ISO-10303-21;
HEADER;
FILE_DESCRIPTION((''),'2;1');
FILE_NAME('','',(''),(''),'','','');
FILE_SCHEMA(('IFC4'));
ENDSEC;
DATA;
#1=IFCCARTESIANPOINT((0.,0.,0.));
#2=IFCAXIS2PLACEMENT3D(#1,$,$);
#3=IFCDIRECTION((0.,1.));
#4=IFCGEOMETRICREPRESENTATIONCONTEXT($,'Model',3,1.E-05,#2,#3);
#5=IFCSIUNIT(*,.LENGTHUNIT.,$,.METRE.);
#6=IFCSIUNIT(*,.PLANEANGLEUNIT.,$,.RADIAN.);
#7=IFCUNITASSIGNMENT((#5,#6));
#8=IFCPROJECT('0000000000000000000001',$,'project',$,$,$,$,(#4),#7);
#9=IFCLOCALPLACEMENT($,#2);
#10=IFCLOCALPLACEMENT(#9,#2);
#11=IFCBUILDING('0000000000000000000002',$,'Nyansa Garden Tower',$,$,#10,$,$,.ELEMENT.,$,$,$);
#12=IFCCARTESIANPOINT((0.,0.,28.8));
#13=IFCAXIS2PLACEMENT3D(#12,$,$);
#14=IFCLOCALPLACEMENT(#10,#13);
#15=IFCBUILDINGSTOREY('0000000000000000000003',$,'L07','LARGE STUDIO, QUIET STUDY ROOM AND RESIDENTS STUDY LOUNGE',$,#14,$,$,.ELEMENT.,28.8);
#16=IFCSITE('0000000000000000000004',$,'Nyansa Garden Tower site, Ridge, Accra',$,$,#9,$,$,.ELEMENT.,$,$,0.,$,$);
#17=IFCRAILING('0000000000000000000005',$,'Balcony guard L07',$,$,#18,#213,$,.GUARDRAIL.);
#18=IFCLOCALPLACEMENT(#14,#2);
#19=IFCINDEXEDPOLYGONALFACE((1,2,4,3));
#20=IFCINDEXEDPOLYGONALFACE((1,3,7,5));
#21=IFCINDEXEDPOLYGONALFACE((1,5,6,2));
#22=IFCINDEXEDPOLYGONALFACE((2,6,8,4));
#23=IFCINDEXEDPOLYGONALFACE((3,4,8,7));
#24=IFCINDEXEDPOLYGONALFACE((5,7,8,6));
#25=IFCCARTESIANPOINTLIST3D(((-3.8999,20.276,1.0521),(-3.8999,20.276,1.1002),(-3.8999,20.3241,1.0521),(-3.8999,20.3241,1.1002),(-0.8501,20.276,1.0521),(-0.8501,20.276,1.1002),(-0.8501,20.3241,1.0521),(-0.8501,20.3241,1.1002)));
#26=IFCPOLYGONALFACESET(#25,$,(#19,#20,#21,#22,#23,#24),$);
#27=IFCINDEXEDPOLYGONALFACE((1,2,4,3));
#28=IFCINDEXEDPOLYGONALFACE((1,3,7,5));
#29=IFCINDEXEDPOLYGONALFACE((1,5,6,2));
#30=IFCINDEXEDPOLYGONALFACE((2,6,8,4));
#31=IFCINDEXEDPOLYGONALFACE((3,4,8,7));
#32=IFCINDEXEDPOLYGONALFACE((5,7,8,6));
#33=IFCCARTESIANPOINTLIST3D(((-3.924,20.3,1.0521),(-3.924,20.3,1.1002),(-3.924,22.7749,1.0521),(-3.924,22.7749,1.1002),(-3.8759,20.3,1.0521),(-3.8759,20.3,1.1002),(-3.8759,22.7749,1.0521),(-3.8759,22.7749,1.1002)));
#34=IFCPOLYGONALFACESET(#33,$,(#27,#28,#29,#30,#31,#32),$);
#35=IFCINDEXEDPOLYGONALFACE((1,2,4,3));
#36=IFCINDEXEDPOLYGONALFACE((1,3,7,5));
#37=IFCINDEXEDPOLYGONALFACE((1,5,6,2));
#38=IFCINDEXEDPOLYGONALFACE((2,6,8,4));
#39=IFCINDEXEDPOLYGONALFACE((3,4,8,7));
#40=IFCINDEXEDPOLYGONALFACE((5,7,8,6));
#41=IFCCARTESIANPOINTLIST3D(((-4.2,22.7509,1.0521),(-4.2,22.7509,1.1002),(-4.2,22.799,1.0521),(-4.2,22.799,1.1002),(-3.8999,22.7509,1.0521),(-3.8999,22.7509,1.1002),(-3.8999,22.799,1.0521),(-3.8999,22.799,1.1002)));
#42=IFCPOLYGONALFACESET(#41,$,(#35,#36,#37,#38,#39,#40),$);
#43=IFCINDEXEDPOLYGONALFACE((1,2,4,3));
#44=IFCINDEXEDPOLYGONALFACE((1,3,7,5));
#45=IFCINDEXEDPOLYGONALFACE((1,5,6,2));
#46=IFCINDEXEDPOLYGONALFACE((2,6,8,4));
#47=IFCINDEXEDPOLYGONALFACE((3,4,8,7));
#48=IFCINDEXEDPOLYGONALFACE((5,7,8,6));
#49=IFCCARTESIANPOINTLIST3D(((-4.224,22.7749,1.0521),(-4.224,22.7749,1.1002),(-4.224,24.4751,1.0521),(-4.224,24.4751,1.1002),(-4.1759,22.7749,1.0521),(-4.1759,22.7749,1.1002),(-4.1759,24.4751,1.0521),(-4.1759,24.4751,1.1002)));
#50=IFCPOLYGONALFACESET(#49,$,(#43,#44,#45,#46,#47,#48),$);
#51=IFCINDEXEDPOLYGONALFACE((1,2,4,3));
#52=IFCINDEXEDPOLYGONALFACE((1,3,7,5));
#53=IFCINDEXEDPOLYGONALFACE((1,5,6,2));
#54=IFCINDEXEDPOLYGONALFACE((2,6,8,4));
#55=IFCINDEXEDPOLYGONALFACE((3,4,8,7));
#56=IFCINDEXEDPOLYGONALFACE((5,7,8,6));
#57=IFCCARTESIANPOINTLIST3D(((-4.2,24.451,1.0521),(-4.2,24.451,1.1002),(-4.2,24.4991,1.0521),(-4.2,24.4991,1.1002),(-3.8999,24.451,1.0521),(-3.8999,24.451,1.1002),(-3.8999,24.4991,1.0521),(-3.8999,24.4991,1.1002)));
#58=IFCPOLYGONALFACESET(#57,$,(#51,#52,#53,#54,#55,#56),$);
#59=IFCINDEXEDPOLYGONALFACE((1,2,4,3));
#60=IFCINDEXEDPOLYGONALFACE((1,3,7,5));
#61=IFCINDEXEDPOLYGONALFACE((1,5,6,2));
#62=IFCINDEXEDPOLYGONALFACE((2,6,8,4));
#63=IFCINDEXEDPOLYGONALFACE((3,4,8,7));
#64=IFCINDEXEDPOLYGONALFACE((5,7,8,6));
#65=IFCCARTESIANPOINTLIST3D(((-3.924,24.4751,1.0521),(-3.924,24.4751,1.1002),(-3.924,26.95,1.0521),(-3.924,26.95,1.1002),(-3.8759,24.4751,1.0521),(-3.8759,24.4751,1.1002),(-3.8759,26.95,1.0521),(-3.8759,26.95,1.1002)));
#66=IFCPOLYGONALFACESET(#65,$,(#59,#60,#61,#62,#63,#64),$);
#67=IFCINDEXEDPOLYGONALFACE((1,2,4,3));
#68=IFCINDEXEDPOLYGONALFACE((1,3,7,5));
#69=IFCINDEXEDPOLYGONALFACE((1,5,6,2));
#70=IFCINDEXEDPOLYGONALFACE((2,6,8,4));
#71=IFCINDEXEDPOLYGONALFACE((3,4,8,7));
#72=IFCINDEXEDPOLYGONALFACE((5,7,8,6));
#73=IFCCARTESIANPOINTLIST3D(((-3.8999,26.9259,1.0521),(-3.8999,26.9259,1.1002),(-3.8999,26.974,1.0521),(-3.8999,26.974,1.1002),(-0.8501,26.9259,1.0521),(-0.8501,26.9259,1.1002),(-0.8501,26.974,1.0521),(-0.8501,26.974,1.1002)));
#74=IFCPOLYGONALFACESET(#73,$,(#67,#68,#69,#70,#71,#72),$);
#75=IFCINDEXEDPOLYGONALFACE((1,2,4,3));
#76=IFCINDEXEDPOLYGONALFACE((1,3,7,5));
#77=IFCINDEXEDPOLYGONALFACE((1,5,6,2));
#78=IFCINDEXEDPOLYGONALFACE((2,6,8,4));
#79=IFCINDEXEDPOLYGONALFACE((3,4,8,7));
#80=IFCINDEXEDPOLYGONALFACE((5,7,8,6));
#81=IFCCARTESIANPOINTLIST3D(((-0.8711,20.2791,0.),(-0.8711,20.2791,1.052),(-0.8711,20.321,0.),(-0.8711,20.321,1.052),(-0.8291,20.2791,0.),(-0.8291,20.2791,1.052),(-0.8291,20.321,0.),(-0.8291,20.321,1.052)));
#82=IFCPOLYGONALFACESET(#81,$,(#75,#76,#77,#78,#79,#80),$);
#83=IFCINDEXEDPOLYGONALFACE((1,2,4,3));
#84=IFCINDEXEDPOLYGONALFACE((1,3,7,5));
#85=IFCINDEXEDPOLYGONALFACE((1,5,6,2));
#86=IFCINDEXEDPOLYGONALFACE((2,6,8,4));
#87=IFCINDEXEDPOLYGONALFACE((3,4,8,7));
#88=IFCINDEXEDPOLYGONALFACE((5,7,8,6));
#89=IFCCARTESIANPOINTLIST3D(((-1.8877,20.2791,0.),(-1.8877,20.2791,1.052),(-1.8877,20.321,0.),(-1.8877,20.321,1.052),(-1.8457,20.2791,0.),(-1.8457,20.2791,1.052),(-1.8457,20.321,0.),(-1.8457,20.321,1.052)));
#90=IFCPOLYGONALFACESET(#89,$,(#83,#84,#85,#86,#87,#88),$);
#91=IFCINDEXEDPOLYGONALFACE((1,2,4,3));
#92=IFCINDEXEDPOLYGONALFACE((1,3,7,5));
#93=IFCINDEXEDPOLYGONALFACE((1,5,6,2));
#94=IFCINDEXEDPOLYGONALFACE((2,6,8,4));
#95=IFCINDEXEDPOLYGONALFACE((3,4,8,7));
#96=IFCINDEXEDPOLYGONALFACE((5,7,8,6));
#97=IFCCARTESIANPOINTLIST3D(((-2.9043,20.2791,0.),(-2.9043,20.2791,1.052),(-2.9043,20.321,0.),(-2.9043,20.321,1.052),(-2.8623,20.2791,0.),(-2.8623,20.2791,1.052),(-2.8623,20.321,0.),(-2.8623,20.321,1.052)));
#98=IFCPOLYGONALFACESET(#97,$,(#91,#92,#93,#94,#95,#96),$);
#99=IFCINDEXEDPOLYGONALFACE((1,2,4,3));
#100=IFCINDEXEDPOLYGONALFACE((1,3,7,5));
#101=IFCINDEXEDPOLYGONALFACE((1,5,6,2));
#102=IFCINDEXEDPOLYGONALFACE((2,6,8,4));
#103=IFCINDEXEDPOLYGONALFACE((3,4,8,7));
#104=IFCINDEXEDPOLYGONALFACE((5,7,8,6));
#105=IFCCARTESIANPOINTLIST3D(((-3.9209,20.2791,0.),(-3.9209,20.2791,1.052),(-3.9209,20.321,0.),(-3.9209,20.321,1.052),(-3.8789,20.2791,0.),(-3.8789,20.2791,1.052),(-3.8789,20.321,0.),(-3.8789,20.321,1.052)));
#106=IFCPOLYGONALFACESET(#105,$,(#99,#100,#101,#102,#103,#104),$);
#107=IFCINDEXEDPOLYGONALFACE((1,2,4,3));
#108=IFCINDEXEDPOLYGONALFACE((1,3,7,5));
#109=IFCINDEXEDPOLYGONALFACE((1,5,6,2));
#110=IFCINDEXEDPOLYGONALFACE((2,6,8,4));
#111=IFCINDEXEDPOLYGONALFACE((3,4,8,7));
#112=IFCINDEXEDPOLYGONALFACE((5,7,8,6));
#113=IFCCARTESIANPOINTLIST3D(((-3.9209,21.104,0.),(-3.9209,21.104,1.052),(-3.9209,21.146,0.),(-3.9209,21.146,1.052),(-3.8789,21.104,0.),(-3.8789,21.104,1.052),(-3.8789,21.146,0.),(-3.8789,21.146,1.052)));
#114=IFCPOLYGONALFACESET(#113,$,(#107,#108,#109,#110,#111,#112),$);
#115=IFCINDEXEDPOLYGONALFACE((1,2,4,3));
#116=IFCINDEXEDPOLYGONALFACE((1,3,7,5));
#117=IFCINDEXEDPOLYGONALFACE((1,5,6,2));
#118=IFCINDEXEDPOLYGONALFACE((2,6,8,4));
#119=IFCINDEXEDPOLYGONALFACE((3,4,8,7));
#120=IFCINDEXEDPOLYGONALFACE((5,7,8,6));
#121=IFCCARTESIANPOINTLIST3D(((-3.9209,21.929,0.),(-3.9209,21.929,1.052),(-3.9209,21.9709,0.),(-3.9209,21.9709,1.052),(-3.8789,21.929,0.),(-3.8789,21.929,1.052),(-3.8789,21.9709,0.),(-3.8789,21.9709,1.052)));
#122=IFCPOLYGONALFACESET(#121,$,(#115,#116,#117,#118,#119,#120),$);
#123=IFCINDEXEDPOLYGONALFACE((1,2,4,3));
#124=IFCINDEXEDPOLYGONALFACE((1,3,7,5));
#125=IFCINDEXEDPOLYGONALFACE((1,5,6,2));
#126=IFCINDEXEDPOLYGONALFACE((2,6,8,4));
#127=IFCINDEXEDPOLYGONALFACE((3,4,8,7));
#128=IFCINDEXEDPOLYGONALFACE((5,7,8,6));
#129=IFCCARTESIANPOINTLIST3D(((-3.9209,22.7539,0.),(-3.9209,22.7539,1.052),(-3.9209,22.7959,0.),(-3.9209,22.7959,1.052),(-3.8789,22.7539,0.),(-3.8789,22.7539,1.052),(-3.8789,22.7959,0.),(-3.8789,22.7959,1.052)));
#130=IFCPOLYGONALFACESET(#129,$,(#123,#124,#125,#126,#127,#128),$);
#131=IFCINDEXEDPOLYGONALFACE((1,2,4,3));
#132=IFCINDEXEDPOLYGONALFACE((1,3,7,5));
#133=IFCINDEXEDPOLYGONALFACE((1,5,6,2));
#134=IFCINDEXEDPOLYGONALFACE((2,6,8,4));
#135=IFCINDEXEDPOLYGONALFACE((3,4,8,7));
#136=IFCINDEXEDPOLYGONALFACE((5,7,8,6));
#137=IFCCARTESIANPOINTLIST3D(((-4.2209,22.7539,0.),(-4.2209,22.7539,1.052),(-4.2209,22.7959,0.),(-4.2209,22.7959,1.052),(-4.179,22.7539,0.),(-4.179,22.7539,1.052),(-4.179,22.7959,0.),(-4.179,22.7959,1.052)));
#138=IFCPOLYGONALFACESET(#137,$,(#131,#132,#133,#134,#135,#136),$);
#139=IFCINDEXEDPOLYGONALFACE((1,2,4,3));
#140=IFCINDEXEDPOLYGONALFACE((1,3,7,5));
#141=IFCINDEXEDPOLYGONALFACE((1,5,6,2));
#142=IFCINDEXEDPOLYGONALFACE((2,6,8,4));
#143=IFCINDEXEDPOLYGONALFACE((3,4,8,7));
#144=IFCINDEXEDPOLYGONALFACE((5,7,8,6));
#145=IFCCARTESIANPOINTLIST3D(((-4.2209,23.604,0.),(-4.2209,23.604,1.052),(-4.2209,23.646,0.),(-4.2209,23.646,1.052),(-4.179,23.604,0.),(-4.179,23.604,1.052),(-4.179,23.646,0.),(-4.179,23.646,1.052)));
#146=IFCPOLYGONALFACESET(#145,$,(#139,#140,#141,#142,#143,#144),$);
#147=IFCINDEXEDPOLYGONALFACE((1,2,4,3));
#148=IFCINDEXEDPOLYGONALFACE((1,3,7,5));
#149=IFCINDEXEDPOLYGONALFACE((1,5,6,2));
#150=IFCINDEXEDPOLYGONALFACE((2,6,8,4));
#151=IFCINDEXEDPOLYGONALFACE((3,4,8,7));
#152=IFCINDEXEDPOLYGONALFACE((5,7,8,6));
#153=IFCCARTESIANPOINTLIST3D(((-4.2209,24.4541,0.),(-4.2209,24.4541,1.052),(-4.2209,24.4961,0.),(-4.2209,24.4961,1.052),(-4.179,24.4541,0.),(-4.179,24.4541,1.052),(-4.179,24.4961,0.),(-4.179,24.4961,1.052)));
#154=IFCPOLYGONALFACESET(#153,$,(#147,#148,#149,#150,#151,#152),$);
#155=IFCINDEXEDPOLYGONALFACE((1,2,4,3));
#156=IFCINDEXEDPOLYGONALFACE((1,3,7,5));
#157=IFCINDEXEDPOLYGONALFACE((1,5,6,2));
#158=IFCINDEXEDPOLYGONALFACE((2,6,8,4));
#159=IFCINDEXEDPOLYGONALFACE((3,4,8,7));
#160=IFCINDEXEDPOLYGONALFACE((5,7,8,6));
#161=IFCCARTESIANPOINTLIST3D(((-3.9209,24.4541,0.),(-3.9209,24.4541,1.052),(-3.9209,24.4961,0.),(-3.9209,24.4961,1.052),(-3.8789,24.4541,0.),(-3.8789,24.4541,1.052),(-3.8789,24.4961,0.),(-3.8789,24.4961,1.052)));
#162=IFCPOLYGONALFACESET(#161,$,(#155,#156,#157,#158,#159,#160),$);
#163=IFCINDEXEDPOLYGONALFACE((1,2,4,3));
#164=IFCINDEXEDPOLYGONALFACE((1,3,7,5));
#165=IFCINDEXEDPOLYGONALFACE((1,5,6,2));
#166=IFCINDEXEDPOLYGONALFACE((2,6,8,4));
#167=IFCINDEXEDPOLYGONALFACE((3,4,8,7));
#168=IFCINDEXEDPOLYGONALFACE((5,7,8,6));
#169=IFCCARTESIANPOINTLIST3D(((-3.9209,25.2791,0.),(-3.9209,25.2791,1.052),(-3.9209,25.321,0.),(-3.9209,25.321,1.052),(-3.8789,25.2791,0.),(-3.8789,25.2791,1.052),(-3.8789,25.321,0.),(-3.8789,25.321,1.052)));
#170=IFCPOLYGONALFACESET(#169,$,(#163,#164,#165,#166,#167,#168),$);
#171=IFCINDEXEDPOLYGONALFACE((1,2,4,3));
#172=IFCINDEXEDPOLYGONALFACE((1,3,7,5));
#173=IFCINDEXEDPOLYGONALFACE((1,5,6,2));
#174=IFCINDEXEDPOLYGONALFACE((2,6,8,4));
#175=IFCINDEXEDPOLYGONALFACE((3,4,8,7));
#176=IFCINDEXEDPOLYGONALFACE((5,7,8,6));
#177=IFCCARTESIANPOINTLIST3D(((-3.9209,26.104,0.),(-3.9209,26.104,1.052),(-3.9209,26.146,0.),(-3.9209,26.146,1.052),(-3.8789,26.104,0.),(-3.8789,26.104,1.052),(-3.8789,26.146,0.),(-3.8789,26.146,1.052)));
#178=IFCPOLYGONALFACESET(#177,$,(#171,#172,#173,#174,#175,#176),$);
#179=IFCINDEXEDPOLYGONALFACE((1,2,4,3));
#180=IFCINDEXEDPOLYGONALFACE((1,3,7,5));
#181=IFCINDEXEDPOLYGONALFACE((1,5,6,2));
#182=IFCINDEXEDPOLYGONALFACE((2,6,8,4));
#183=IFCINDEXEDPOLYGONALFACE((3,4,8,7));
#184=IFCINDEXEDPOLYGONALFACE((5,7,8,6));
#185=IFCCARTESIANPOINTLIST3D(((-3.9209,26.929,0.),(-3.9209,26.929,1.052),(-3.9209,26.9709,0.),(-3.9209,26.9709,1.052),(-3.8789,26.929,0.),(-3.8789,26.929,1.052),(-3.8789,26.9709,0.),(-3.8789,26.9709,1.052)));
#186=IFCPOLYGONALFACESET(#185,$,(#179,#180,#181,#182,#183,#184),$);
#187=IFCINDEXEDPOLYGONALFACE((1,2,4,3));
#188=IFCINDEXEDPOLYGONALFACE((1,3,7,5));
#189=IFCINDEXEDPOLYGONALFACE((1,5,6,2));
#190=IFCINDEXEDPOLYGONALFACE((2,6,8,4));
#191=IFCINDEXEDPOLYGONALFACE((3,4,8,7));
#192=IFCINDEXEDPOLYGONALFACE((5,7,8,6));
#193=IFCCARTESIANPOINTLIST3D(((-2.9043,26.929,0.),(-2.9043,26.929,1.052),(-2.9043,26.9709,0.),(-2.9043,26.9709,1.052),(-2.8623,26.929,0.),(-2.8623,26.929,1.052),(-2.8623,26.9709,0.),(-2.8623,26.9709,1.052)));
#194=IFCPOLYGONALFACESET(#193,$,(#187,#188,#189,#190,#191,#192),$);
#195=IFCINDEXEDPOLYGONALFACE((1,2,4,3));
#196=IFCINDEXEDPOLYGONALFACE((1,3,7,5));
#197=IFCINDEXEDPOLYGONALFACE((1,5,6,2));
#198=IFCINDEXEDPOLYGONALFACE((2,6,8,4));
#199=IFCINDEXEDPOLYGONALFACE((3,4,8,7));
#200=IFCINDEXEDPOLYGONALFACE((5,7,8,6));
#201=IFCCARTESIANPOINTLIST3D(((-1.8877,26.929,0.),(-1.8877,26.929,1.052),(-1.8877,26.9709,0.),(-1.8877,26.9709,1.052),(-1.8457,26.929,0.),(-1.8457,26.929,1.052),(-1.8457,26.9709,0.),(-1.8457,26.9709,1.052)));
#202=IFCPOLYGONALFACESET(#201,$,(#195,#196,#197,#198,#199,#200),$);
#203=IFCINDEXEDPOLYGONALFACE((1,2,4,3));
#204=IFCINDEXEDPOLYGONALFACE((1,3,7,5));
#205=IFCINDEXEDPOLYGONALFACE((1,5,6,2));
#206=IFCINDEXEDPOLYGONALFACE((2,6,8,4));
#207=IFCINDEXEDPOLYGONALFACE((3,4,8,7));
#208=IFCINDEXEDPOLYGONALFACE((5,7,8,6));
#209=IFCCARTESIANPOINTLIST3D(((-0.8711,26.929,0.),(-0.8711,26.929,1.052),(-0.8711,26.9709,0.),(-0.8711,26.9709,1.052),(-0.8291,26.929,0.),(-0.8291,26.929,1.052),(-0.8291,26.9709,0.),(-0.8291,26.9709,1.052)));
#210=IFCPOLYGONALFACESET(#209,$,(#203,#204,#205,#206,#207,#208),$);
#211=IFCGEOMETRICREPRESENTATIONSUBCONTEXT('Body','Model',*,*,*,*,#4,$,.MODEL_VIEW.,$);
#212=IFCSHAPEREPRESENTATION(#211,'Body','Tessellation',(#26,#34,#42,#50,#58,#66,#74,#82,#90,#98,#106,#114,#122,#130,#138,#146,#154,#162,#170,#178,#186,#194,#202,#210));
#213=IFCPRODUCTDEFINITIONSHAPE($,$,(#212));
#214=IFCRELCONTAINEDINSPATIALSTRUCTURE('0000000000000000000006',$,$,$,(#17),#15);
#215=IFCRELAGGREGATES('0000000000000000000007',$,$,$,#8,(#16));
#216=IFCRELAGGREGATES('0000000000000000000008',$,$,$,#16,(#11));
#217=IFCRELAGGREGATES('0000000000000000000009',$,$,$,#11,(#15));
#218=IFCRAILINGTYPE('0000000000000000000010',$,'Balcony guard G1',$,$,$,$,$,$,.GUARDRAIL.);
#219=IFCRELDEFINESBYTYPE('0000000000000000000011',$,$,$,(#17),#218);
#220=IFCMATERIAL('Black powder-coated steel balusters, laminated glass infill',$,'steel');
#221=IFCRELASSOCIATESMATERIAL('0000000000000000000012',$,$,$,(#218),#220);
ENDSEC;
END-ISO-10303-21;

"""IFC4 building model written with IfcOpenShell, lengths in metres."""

from ifc_helpers import new_model, si_unit, direction, frame, origin, origin_2d, place, context, subcontext, project, spatial, rectangle, extrude, material, type_object, element, save


model = new_model("IFC4")

# Units and contexts
model_context = context("Model", 3, precision=1e-05, world=origin(), true_north=direction((0.0, 1.0)))
body_context = subcontext(model_context, "Body", "Model", "MODEL_VIEW")
ifc_project = project(units=[si_unit("LENGTHUNIT", "METRE"), si_unit("PLANEANGLEUNIT", "RADIAN")], contexts=[model_context])

# Site, building, storey
site_placement = place(None, origin())
site = spatial("IfcSite", under=ifc_project, at=site_placement, Name="Nyansa Garden Tower site, Ridge, Accra", CompositionType="ELEMENT", RefElevation=0.0)
building_placement = place(site_placement, origin())
building = spatial("IfcBuilding", under=site, at=building_placement, Name="Nyansa Garden Tower", CompositionType="ELEMENT")
storey_placement = place(building_placement, frame((0.0, 0.0, 28.8)))
storey = spatial("IfcBuildingStorey", under=building, at=storey_placement, Name="L07", Description="LARGE STUDIO, QUIET STUDY ROOM AND RESIDENTS STUDY LOUNGE", CompositionType="ELEMENT", Elevation=28.8)

# Railing
ifc_material_1 = material(Name="Black powder-coated steel balusters, laminated glass infill", Category="steel")
railing_type = type_object("IfcRailingType", Name="Balcony guard G1", PredefinedType="GUARDRAIL", material=ifc_material_1)
railing_placement = place(storey_placement, frame((-0.8501, 20.3, 0.0)))
element("IfcRailing", 1, at=railing_placement, inside=storey, type_object=railing_type, Name="Balcony guard L07", PredefinedType="GUARDRAIL", context=body_context, shape_type="SweptSolid", body=[
    extrude(rectangle(XDim=0.0481, YDim=0.0481, at=origin_2d()), frame((0.0, 0.0, 1.0762), z_axis=(-1.0, 0.0, 0.0), x_axis=(0.0, -1.0, 0.0)), (0.0, 0.0, 1.0), 3.0498),
    extrude(rectangle(XDim=0.0481, YDim=0.0481, at=origin_2d()), frame((-3.0498, 0.0, 1.0762), z_axis=(0.0, 1.0, 0.0), x_axis=(-1.0, 0.0, 0.0)), (0.0, 0.0, 1.0), 2.4749),
    extrude(rectangle(XDim=0.0481, YDim=0.0481, at=origin_2d()), frame((-3.0498, 2.4749, 1.0762), z_axis=(-1.0, 0.0, 0.0), x_axis=(0.0, -1.0, 0.0)), (0.0, 0.0, 1.0), 0.3),
    extrude(rectangle(XDim=0.0481, YDim=0.0481, at=origin_2d()), frame((-3.3499, 2.4749, 1.0762), z_axis=(0.0, 1.0, 0.0), x_axis=(-1.0, 0.0, 0.0)), (0.0, 0.0, 1.0), 1.7002),
    extrude(rectangle(XDim=0.0481, YDim=0.0481, at=origin_2d()), frame((-3.3499, 4.175, 1.0762), z_axis=(1.0, 0.0, 0.0), x_axis=(0.0, 1.0, 0.0)), (0.0, 0.0, 1.0), 0.3),
    extrude(rectangle(XDim=0.0481, YDim=0.0481, at=origin_2d()), frame((-3.0498, 4.175, 1.0762), z_axis=(0.0, 1.0, 0.0), x_axis=(-1.0, 0.0, 0.0)), (0.0, 0.0, 1.0), 2.4749),
    extrude(rectangle(XDim=0.0481, YDim=0.0481, at=origin_2d()), frame((-3.0498, 6.6499, 1.0762), z_axis=(1.0, 0.0, 0.0), x_axis=(0.0, 1.0, 0.0)), (0.0, 0.0, 1.0), 3.0498),
    extrude(rectangle(XDim=0.042, YDim=0.042, at=origin_2d()), origin(), (0.0, 0.0, 1.0), 1.052),
    extrude(rectangle(XDim=0.042, YDim=0.042, at=origin_2d()), frame((-1.0166, 0.0, 0.0)), (0.0, 0.0, 1.0), 1.052),
    extrude(rectangle(XDim=0.042, YDim=0.042, at=origin_2d()), frame((-2.0332, 0.0, 0.0)), (0.0, 0.0, 1.0), 1.052),
    extrude(rectangle(XDim=0.042, YDim=0.042, at=origin_2d()), frame((-3.0498, 0.0, 0.0)), (0.0, 0.0, 1.0), 1.052),
    extrude(rectangle(XDim=0.042, YDim=0.042, at=origin_2d()), frame((-3.0498, 0.825, 0.0)), (0.0, 0.0, 1.0), 1.052),
    extrude(rectangle(XDim=0.042, YDim=0.042, at=origin_2d()), frame((-3.0498, 1.6499, 0.0)), (0.0, 0.0, 1.0), 1.052),
    extrude(rectangle(XDim=0.042, YDim=0.042, at=origin_2d()), frame((-3.0498, 2.4749, 0.0)), (0.0, 0.0, 1.0), 1.052),
    extrude(rectangle(XDim=0.042, YDim=0.042, at=origin_2d()), frame((-3.3499, 2.4749, 0.0)), (0.0, 0.0, 1.0), 1.052),
    extrude(rectangle(XDim=0.042, YDim=0.042, at=origin_2d()), frame((-3.3499, 3.325, 0.0)), (0.0, 0.0, 1.0), 1.052),
    extrude(rectangle(XDim=0.042, YDim=0.042, at=origin_2d()), frame((-3.3499, 4.175, 0.0)), (0.0, 0.0, 1.0), 1.052),
    extrude(rectangle(XDim=0.042, YDim=0.042, at=origin_2d()), frame((-3.0498, 4.175, 0.0)), (0.0, 0.0, 1.0), 1.052),
    extrude(rectangle(XDim=0.042, YDim=0.042, at=origin_2d()), frame((-3.0498, 5.0, 0.0)), (0.0, 0.0, 1.0), 1.052),
    extrude(rectangle(XDim=0.042, YDim=0.042, at=origin_2d()), frame((-3.0498, 5.825, 0.0)), (0.0, 0.0, 1.0), 1.052),
    extrude(rectangle(XDim=0.042, YDim=0.042, at=origin_2d()), frame((-3.0498, 6.6499, 0.0)), (0.0, 0.0, 1.0), 1.052),
    extrude(rectangle(XDim=0.042, YDim=0.042, at=origin_2d()), frame((-2.0332, 6.6499, 0.0)), (0.0, 0.0, 1.0), 1.052),
    extrude(rectangle(XDim=0.042, YDim=0.042, at=origin_2d()), frame((-1.0166, 6.6499, 0.0)), (0.0, 0.0, 1.0), 1.052),
    extrude(rectangle(XDim=0.042, YDim=0.042, at=origin_2d()), frame((0.0, 6.6499, 0.0)), (0.0, 0.0, 1.0), 1.052),
])

save(model, "model.ifc")
